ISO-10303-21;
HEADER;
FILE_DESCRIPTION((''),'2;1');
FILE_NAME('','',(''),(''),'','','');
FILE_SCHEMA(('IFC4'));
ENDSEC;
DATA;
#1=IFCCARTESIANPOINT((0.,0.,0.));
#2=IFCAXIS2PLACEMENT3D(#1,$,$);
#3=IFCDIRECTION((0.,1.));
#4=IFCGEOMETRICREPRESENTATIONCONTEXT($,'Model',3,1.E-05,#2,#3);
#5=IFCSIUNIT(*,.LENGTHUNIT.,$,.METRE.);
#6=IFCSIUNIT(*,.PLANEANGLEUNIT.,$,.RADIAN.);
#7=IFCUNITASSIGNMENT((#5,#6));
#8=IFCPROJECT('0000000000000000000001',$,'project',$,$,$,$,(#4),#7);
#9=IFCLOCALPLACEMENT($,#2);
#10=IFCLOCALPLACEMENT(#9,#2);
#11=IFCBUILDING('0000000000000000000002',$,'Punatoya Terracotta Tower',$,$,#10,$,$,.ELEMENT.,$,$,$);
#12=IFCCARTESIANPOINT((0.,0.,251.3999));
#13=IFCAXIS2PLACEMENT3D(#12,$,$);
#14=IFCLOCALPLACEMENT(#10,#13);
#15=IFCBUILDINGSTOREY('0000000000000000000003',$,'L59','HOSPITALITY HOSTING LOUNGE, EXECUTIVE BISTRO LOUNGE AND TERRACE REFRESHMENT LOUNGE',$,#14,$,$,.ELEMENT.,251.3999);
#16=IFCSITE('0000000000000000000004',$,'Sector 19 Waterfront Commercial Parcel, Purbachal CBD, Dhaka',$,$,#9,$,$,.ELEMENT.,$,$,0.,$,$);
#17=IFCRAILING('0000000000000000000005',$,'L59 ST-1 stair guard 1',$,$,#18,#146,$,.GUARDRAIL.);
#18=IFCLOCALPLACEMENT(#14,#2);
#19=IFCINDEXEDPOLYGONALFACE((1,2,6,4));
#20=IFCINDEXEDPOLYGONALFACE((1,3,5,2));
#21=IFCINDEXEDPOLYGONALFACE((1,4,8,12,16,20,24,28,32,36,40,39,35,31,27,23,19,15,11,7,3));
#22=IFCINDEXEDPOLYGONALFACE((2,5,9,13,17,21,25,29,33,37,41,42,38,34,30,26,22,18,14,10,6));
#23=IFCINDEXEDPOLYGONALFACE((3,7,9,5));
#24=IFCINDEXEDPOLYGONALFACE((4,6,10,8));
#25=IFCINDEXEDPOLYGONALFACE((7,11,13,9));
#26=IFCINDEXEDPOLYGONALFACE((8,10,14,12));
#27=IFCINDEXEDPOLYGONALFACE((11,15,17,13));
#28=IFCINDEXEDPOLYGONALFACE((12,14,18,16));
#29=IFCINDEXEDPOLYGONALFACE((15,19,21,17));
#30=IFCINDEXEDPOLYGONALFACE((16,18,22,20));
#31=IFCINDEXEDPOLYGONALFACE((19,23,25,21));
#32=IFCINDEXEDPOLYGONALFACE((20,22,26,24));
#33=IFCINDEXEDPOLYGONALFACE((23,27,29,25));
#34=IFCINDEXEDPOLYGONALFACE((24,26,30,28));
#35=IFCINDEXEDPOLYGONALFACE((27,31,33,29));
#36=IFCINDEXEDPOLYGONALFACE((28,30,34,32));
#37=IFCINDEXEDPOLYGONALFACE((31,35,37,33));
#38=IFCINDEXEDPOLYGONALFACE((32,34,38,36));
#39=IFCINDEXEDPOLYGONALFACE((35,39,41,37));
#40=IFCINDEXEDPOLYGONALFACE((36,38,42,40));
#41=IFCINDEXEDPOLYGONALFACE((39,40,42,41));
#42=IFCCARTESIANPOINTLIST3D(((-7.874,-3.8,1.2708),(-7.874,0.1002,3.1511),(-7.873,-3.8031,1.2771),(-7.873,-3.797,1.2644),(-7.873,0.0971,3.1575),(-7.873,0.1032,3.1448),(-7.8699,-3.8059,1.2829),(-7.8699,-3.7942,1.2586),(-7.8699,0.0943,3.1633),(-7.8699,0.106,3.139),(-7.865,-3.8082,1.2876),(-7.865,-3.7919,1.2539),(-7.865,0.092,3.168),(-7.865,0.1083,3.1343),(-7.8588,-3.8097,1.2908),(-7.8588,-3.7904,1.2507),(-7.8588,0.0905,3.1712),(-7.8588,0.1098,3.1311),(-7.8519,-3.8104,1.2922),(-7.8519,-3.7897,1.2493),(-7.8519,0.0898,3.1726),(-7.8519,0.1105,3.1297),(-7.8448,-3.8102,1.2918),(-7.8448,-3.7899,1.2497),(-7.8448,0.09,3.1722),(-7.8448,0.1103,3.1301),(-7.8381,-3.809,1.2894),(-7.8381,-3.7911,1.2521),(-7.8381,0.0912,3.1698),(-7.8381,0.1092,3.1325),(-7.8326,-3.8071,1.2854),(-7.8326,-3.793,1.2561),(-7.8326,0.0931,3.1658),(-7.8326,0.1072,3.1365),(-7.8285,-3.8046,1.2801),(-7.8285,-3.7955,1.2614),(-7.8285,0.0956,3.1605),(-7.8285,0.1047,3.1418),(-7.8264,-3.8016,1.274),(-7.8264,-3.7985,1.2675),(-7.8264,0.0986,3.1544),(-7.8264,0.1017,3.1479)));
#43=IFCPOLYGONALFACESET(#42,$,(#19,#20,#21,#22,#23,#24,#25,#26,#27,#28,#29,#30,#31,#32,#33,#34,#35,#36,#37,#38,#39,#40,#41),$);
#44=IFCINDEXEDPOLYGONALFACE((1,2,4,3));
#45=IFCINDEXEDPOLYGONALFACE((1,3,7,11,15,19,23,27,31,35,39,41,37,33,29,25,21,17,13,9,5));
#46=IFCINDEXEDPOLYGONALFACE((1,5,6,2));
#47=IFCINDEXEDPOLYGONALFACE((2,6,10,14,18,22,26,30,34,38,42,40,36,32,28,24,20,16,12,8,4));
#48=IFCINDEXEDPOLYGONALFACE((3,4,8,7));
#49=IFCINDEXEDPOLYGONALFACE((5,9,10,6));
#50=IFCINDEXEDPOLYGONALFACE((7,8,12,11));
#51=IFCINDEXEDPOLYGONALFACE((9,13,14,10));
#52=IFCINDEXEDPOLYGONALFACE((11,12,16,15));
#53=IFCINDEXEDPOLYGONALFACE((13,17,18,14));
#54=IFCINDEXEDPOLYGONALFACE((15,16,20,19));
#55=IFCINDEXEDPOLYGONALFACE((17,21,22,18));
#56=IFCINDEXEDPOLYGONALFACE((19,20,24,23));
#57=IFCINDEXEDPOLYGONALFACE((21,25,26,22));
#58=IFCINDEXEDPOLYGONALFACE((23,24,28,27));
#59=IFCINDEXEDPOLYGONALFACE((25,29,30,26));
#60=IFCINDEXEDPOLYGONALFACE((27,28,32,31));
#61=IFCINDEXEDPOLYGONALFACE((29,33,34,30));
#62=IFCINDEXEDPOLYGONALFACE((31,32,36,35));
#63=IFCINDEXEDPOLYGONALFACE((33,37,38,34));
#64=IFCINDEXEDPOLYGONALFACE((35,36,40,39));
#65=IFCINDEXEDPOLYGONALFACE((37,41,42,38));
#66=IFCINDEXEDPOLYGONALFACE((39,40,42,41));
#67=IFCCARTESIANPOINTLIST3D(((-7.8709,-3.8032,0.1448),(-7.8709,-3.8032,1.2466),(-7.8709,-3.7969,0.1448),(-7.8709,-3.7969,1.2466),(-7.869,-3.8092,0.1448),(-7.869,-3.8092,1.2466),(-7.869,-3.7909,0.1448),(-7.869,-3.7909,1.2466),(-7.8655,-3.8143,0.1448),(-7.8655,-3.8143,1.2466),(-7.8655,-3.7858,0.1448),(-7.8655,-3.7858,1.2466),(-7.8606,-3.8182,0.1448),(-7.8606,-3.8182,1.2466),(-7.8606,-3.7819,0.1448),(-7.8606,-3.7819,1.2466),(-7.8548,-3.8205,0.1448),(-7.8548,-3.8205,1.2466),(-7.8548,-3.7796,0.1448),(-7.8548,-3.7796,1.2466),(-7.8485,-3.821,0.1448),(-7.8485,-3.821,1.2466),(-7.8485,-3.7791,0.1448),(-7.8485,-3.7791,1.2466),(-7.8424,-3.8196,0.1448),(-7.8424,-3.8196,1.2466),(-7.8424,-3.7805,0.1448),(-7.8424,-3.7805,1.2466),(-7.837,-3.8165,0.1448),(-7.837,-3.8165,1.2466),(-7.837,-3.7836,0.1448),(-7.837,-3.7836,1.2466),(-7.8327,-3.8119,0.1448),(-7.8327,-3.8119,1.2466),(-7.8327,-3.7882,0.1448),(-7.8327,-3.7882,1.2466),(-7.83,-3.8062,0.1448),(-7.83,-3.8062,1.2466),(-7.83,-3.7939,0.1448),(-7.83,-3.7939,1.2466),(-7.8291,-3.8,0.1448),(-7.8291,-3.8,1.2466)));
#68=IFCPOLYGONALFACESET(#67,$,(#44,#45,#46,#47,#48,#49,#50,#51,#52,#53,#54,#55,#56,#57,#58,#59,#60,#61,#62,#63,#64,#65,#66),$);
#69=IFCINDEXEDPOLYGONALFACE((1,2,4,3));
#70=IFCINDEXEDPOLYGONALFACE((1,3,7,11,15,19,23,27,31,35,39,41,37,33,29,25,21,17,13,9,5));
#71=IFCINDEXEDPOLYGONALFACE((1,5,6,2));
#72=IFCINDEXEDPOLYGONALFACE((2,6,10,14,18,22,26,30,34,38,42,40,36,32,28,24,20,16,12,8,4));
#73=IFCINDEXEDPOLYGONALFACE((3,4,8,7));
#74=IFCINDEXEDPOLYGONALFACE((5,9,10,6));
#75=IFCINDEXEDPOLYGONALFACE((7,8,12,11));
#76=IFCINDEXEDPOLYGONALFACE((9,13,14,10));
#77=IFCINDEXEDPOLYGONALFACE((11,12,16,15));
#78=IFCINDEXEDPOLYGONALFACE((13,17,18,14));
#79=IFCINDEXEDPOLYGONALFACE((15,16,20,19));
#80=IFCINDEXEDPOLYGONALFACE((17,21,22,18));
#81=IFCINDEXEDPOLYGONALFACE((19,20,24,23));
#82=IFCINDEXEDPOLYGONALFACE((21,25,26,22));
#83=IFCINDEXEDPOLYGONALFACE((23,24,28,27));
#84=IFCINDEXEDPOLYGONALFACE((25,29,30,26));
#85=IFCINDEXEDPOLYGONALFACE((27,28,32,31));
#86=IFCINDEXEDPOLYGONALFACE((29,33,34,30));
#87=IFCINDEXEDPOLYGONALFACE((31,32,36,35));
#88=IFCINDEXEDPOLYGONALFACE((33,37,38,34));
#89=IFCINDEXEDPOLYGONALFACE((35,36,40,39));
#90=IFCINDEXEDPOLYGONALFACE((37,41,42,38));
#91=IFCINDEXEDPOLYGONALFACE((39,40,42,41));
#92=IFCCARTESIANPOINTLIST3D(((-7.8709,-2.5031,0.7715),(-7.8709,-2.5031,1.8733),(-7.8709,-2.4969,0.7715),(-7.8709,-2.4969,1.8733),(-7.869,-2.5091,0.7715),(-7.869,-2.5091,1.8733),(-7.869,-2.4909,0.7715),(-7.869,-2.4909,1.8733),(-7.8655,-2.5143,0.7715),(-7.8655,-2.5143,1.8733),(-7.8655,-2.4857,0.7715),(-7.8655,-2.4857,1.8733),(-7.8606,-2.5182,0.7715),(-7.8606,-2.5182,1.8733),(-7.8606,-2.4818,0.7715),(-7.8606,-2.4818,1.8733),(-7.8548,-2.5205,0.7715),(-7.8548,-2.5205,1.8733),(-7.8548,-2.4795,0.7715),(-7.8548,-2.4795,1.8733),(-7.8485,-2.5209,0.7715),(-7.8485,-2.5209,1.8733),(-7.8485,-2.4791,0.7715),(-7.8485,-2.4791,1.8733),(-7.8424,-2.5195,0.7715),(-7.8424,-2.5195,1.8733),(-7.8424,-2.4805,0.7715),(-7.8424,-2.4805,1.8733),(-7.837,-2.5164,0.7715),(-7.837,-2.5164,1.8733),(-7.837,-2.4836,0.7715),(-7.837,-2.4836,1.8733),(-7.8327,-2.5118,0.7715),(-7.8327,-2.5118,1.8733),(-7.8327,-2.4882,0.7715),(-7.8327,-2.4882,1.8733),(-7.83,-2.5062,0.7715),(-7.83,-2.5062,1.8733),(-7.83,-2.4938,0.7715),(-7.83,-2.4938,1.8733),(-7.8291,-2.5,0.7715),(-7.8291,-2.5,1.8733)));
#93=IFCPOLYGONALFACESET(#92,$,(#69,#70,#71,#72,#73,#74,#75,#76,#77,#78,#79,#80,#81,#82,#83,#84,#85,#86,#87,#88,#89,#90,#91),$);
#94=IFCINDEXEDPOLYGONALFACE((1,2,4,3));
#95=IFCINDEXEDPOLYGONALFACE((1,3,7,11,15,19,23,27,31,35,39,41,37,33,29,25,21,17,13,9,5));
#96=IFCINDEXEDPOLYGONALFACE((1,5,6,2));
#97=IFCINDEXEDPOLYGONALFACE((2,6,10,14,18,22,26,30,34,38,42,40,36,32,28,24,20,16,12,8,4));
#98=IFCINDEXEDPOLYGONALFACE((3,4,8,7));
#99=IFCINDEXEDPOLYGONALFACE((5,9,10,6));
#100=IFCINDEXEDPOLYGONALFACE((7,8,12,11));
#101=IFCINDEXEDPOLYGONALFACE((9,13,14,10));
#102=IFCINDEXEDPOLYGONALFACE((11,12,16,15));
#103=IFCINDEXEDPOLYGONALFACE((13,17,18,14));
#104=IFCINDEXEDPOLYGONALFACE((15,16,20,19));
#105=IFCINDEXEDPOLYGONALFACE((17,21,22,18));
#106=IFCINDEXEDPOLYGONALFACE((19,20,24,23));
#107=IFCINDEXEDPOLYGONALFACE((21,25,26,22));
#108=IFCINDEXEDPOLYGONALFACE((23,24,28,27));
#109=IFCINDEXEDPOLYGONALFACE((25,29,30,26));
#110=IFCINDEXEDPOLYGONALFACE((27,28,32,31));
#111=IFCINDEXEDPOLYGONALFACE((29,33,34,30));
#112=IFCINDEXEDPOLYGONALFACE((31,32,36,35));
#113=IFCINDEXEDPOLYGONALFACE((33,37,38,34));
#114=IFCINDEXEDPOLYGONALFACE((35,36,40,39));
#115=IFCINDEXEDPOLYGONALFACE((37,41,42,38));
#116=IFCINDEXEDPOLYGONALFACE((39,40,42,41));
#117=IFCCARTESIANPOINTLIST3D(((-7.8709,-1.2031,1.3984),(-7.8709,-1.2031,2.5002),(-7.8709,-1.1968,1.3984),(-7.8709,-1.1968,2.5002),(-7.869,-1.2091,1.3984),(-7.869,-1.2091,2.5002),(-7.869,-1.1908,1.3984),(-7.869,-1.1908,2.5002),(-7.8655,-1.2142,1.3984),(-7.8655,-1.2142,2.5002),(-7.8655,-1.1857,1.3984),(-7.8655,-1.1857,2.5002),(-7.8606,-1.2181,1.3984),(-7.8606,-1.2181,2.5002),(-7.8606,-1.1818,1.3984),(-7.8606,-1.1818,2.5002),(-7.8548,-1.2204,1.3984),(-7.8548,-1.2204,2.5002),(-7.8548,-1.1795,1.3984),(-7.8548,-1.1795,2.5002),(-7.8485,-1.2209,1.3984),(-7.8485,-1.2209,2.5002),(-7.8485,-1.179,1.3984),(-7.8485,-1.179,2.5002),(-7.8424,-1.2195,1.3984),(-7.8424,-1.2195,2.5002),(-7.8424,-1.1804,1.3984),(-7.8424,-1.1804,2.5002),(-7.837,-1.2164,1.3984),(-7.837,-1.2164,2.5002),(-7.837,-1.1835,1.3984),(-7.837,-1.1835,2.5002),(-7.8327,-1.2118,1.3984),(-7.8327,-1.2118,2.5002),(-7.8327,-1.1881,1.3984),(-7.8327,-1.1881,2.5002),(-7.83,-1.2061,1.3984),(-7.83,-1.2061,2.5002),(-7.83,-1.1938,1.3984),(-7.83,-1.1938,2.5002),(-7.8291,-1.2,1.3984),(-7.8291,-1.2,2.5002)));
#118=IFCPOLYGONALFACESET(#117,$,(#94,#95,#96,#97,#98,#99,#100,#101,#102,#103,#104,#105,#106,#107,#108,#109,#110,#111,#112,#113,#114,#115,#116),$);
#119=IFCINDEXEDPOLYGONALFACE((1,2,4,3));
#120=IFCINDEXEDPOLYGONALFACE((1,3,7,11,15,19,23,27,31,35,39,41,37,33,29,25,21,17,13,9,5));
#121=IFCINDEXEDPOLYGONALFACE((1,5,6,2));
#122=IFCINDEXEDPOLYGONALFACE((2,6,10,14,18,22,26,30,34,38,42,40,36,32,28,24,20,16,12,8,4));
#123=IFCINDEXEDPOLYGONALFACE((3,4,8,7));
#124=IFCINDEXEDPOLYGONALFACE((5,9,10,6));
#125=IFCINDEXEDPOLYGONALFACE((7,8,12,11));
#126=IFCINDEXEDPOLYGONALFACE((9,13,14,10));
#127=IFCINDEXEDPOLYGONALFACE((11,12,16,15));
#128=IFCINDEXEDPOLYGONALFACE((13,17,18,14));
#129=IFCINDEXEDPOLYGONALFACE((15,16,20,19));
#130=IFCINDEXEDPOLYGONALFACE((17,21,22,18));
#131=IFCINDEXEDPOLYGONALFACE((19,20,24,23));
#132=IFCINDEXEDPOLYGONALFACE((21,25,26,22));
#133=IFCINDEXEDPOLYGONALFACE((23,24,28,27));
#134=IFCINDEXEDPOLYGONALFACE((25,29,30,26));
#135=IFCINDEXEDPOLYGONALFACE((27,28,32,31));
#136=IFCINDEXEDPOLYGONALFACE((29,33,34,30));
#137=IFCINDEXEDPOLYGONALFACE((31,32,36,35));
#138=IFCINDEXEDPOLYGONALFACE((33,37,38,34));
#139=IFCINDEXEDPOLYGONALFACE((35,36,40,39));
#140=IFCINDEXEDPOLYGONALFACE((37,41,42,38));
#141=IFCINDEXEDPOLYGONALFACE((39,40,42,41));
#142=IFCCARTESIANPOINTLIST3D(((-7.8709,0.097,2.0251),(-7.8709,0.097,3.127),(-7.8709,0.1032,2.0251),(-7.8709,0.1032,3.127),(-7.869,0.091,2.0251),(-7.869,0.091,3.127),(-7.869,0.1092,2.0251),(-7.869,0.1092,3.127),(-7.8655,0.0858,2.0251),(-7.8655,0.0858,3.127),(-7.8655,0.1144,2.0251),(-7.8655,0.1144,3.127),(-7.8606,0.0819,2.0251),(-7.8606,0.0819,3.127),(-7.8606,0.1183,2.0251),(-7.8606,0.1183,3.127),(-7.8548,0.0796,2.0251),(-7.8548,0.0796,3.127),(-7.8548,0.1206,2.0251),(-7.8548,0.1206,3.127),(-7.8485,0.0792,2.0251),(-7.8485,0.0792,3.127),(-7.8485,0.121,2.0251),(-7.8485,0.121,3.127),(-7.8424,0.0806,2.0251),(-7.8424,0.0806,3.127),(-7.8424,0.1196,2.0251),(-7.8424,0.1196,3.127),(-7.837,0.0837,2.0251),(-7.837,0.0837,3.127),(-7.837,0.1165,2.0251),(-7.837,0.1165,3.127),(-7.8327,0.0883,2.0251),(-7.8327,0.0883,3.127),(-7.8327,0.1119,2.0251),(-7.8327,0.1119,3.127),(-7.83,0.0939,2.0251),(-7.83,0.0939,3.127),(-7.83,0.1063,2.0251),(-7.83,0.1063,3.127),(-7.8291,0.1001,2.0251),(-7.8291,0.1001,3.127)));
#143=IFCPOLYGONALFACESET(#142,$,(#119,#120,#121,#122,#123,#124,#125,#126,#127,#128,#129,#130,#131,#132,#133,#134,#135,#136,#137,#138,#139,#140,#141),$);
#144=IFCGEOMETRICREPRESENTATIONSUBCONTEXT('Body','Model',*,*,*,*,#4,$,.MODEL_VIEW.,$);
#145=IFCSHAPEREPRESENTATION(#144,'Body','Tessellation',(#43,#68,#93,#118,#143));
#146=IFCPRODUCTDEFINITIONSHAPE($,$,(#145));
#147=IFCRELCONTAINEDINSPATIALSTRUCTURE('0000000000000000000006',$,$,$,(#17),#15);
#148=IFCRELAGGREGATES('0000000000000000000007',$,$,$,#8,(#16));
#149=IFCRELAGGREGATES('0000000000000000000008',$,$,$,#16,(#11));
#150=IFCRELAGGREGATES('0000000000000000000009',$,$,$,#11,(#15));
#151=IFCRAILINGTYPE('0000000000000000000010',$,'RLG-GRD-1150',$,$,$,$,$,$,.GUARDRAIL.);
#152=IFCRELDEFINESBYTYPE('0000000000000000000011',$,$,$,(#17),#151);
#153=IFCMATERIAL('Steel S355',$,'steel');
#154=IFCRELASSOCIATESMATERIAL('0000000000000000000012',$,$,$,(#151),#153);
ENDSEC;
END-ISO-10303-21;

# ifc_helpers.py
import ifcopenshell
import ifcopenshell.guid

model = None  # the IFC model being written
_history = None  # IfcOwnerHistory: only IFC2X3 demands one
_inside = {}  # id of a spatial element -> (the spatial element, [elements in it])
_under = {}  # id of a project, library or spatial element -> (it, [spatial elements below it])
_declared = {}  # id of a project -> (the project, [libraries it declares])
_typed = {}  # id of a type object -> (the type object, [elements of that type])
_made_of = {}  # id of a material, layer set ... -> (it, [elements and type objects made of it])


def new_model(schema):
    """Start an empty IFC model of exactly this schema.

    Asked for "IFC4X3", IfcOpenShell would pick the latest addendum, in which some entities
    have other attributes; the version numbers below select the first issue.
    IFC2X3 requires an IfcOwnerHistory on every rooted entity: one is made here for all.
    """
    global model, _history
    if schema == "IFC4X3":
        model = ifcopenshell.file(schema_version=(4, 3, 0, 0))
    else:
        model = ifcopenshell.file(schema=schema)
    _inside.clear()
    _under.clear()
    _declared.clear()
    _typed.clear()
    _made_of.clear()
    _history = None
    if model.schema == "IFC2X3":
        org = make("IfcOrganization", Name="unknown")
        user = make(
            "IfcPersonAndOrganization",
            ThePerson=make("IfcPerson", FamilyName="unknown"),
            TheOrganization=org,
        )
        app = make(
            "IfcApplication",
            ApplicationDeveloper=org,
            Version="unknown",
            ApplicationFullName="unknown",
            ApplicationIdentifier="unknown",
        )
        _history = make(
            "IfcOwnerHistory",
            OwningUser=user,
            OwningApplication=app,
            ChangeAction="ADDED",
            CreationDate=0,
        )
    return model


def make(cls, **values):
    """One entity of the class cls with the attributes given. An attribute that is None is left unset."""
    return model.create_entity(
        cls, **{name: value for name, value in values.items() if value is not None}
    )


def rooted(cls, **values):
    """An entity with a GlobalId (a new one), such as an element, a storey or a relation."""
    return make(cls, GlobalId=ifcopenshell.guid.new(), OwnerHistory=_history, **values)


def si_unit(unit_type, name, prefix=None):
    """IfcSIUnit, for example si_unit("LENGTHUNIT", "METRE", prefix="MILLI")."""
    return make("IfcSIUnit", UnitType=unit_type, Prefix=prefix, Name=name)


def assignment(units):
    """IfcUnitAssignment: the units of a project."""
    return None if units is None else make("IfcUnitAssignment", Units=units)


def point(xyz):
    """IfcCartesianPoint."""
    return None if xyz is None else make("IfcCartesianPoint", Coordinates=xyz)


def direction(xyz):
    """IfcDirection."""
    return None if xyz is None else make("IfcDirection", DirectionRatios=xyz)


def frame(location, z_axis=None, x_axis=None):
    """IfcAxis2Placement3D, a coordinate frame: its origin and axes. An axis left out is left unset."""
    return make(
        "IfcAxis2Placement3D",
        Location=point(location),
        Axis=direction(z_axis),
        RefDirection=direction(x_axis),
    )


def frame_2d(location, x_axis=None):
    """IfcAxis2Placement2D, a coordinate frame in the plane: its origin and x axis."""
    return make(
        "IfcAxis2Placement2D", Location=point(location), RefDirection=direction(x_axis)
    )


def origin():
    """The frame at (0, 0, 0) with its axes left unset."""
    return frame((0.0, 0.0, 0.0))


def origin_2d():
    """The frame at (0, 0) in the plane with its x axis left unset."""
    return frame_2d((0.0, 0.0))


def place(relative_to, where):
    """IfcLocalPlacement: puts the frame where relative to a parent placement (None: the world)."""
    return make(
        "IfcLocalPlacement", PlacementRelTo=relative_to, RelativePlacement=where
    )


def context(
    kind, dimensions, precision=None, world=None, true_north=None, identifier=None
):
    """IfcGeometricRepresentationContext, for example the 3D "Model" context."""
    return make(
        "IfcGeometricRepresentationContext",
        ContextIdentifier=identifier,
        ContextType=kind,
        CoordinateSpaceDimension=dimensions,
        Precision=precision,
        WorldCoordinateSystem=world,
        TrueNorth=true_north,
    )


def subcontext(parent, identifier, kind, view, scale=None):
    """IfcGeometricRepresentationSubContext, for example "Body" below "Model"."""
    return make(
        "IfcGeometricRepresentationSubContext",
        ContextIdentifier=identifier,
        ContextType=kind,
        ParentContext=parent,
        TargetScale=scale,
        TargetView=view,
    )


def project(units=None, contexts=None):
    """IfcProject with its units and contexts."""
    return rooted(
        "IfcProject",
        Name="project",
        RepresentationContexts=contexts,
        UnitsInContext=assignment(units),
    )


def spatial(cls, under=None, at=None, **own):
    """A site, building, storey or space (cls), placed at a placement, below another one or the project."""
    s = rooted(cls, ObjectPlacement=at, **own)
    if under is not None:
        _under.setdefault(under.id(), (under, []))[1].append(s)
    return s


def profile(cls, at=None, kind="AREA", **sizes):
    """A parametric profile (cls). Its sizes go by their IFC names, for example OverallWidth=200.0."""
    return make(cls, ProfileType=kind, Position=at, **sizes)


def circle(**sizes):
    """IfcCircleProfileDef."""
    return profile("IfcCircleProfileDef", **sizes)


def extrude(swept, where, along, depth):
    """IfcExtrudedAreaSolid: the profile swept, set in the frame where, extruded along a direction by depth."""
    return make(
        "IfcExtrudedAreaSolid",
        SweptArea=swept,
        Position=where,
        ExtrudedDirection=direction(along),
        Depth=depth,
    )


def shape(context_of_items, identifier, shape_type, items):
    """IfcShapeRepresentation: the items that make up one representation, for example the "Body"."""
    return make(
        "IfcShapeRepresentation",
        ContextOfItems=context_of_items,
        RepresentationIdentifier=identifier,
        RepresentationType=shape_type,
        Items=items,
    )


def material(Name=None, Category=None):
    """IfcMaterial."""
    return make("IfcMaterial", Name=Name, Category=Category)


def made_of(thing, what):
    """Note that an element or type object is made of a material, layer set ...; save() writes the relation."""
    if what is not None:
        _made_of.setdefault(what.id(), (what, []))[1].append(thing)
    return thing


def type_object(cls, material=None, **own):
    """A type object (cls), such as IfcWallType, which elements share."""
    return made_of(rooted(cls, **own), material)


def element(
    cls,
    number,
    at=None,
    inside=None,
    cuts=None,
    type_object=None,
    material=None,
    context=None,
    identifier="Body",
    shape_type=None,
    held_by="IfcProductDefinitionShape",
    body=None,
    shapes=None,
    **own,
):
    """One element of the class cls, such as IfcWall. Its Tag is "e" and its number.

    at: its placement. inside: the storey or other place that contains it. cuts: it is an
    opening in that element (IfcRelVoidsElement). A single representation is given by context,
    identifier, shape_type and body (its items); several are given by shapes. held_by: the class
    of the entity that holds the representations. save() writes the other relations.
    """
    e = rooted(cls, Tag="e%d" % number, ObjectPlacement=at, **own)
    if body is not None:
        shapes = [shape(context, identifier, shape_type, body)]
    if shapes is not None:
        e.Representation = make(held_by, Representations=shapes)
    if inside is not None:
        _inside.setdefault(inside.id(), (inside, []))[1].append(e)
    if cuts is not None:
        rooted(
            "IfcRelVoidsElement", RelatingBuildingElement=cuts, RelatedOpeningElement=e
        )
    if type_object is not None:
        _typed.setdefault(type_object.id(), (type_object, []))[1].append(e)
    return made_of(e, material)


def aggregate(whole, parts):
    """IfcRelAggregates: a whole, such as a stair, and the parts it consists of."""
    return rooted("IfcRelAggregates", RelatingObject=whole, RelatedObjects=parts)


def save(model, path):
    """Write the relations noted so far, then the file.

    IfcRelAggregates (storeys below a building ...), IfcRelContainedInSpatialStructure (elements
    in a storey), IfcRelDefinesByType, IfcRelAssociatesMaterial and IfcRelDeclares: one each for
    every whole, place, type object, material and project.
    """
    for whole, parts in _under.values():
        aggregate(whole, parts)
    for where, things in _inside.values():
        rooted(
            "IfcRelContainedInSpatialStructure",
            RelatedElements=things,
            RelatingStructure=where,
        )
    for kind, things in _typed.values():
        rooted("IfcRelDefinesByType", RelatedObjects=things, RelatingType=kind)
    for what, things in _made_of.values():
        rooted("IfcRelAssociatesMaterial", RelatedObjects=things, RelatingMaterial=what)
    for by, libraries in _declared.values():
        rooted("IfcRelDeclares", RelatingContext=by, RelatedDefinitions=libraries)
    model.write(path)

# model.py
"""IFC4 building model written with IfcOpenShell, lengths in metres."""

from ifc_helpers import new_model, si_unit, direction, frame, origin, origin_2d, place, context, subcontext, project, spatial, circle, extrude, material, type_object, element, save


model = new_model("IFC4")

# Units and contexts
model_context = context("Model", 3, precision=1e-05, world=origin(), true_north=direction((0.0, 1.0)))
body_context = subcontext(model_context, "Body", "Model", "MODEL_VIEW")
ifc_project = project(units=[si_unit("LENGTHUNIT", "METRE"), si_unit("PLANEANGLEUNIT", "RADIAN")], contexts=[model_context])

# Site, building, storey
site_placement = place(None, origin())
site = spatial("IfcSite", under=ifc_project, at=site_placement, Name="Sector 19 Waterfront Commercial Parcel, Purbachal CBD, Dhaka", CompositionType="ELEMENT", RefElevation=0.0)
building_placement = place(site_placement, origin())
building = spatial("IfcBuilding", under=site, at=building_placement, Name="Punatoya Terracotta Tower", CompositionType="ELEMENT")
storey_placement = place(building_placement, frame((0.0, 0.0, 251.3999)))
storey = spatial("IfcBuildingStorey", under=building, at=storey_placement, Name="L59", Description="HOSPITALITY HOSTING LOUNGE, EXECUTIVE BISTRO LOUNGE AND TERRACE REFRESHMENT LOUNGE", CompositionType="ELEMENT", Elevation=251.3999)

# Railing
ifc_material_1 = material(Name="Steel S355", Category="steel")
railing_type_1 = type_object("IfcRailingType", Name="RLG-GRD-1150", PredefinedType="GUARDRAIL", material=ifc_material_1)
railing_1_placement = place(storey_placement, frame((-7.8501, -3.8, 0.1448)))
element("IfcRailing", 1, at=railing_1_placement, inside=storey, type_object=railing_type_1, Name="L59 ST-1 stair guard 1", PredefinedType="GUARDRAIL", context=body_context, shape_type="SweptSolid", body=[
    extrude(circle(Radius=0.0239, at=origin_2d()), frame((0.0, 0.0, 1.126), z_axis=(0.0, 0.900774, 0.434289), x_axis=(-1.0, 0.0, 0.0)), (0.0, 0.0, 1.0), 4.3298),
    extrude(circle(Radius=0.021, at=origin_2d()), origin(), (0.0, 0.0, 1.0), 1.1018),
    extrude(circle(Radius=0.021, at=origin_2d()), frame((0.0, 1.3, 0.6267)), (0.0, 0.0, 1.0), 1.1018),
    extrude(circle(Radius=0.021, at=origin_2d()), frame((0.0, 2.6001, 1.2537)), (0.0, 0.0, 1.0), 1.1018),
    extrude(circle(Radius=0.021, at=origin_2d()), frame((0.0, 3.9001, 1.8804)), (0.0, 0.0, 1.0), 1.1018),
])

save(model, "model.ifc")
